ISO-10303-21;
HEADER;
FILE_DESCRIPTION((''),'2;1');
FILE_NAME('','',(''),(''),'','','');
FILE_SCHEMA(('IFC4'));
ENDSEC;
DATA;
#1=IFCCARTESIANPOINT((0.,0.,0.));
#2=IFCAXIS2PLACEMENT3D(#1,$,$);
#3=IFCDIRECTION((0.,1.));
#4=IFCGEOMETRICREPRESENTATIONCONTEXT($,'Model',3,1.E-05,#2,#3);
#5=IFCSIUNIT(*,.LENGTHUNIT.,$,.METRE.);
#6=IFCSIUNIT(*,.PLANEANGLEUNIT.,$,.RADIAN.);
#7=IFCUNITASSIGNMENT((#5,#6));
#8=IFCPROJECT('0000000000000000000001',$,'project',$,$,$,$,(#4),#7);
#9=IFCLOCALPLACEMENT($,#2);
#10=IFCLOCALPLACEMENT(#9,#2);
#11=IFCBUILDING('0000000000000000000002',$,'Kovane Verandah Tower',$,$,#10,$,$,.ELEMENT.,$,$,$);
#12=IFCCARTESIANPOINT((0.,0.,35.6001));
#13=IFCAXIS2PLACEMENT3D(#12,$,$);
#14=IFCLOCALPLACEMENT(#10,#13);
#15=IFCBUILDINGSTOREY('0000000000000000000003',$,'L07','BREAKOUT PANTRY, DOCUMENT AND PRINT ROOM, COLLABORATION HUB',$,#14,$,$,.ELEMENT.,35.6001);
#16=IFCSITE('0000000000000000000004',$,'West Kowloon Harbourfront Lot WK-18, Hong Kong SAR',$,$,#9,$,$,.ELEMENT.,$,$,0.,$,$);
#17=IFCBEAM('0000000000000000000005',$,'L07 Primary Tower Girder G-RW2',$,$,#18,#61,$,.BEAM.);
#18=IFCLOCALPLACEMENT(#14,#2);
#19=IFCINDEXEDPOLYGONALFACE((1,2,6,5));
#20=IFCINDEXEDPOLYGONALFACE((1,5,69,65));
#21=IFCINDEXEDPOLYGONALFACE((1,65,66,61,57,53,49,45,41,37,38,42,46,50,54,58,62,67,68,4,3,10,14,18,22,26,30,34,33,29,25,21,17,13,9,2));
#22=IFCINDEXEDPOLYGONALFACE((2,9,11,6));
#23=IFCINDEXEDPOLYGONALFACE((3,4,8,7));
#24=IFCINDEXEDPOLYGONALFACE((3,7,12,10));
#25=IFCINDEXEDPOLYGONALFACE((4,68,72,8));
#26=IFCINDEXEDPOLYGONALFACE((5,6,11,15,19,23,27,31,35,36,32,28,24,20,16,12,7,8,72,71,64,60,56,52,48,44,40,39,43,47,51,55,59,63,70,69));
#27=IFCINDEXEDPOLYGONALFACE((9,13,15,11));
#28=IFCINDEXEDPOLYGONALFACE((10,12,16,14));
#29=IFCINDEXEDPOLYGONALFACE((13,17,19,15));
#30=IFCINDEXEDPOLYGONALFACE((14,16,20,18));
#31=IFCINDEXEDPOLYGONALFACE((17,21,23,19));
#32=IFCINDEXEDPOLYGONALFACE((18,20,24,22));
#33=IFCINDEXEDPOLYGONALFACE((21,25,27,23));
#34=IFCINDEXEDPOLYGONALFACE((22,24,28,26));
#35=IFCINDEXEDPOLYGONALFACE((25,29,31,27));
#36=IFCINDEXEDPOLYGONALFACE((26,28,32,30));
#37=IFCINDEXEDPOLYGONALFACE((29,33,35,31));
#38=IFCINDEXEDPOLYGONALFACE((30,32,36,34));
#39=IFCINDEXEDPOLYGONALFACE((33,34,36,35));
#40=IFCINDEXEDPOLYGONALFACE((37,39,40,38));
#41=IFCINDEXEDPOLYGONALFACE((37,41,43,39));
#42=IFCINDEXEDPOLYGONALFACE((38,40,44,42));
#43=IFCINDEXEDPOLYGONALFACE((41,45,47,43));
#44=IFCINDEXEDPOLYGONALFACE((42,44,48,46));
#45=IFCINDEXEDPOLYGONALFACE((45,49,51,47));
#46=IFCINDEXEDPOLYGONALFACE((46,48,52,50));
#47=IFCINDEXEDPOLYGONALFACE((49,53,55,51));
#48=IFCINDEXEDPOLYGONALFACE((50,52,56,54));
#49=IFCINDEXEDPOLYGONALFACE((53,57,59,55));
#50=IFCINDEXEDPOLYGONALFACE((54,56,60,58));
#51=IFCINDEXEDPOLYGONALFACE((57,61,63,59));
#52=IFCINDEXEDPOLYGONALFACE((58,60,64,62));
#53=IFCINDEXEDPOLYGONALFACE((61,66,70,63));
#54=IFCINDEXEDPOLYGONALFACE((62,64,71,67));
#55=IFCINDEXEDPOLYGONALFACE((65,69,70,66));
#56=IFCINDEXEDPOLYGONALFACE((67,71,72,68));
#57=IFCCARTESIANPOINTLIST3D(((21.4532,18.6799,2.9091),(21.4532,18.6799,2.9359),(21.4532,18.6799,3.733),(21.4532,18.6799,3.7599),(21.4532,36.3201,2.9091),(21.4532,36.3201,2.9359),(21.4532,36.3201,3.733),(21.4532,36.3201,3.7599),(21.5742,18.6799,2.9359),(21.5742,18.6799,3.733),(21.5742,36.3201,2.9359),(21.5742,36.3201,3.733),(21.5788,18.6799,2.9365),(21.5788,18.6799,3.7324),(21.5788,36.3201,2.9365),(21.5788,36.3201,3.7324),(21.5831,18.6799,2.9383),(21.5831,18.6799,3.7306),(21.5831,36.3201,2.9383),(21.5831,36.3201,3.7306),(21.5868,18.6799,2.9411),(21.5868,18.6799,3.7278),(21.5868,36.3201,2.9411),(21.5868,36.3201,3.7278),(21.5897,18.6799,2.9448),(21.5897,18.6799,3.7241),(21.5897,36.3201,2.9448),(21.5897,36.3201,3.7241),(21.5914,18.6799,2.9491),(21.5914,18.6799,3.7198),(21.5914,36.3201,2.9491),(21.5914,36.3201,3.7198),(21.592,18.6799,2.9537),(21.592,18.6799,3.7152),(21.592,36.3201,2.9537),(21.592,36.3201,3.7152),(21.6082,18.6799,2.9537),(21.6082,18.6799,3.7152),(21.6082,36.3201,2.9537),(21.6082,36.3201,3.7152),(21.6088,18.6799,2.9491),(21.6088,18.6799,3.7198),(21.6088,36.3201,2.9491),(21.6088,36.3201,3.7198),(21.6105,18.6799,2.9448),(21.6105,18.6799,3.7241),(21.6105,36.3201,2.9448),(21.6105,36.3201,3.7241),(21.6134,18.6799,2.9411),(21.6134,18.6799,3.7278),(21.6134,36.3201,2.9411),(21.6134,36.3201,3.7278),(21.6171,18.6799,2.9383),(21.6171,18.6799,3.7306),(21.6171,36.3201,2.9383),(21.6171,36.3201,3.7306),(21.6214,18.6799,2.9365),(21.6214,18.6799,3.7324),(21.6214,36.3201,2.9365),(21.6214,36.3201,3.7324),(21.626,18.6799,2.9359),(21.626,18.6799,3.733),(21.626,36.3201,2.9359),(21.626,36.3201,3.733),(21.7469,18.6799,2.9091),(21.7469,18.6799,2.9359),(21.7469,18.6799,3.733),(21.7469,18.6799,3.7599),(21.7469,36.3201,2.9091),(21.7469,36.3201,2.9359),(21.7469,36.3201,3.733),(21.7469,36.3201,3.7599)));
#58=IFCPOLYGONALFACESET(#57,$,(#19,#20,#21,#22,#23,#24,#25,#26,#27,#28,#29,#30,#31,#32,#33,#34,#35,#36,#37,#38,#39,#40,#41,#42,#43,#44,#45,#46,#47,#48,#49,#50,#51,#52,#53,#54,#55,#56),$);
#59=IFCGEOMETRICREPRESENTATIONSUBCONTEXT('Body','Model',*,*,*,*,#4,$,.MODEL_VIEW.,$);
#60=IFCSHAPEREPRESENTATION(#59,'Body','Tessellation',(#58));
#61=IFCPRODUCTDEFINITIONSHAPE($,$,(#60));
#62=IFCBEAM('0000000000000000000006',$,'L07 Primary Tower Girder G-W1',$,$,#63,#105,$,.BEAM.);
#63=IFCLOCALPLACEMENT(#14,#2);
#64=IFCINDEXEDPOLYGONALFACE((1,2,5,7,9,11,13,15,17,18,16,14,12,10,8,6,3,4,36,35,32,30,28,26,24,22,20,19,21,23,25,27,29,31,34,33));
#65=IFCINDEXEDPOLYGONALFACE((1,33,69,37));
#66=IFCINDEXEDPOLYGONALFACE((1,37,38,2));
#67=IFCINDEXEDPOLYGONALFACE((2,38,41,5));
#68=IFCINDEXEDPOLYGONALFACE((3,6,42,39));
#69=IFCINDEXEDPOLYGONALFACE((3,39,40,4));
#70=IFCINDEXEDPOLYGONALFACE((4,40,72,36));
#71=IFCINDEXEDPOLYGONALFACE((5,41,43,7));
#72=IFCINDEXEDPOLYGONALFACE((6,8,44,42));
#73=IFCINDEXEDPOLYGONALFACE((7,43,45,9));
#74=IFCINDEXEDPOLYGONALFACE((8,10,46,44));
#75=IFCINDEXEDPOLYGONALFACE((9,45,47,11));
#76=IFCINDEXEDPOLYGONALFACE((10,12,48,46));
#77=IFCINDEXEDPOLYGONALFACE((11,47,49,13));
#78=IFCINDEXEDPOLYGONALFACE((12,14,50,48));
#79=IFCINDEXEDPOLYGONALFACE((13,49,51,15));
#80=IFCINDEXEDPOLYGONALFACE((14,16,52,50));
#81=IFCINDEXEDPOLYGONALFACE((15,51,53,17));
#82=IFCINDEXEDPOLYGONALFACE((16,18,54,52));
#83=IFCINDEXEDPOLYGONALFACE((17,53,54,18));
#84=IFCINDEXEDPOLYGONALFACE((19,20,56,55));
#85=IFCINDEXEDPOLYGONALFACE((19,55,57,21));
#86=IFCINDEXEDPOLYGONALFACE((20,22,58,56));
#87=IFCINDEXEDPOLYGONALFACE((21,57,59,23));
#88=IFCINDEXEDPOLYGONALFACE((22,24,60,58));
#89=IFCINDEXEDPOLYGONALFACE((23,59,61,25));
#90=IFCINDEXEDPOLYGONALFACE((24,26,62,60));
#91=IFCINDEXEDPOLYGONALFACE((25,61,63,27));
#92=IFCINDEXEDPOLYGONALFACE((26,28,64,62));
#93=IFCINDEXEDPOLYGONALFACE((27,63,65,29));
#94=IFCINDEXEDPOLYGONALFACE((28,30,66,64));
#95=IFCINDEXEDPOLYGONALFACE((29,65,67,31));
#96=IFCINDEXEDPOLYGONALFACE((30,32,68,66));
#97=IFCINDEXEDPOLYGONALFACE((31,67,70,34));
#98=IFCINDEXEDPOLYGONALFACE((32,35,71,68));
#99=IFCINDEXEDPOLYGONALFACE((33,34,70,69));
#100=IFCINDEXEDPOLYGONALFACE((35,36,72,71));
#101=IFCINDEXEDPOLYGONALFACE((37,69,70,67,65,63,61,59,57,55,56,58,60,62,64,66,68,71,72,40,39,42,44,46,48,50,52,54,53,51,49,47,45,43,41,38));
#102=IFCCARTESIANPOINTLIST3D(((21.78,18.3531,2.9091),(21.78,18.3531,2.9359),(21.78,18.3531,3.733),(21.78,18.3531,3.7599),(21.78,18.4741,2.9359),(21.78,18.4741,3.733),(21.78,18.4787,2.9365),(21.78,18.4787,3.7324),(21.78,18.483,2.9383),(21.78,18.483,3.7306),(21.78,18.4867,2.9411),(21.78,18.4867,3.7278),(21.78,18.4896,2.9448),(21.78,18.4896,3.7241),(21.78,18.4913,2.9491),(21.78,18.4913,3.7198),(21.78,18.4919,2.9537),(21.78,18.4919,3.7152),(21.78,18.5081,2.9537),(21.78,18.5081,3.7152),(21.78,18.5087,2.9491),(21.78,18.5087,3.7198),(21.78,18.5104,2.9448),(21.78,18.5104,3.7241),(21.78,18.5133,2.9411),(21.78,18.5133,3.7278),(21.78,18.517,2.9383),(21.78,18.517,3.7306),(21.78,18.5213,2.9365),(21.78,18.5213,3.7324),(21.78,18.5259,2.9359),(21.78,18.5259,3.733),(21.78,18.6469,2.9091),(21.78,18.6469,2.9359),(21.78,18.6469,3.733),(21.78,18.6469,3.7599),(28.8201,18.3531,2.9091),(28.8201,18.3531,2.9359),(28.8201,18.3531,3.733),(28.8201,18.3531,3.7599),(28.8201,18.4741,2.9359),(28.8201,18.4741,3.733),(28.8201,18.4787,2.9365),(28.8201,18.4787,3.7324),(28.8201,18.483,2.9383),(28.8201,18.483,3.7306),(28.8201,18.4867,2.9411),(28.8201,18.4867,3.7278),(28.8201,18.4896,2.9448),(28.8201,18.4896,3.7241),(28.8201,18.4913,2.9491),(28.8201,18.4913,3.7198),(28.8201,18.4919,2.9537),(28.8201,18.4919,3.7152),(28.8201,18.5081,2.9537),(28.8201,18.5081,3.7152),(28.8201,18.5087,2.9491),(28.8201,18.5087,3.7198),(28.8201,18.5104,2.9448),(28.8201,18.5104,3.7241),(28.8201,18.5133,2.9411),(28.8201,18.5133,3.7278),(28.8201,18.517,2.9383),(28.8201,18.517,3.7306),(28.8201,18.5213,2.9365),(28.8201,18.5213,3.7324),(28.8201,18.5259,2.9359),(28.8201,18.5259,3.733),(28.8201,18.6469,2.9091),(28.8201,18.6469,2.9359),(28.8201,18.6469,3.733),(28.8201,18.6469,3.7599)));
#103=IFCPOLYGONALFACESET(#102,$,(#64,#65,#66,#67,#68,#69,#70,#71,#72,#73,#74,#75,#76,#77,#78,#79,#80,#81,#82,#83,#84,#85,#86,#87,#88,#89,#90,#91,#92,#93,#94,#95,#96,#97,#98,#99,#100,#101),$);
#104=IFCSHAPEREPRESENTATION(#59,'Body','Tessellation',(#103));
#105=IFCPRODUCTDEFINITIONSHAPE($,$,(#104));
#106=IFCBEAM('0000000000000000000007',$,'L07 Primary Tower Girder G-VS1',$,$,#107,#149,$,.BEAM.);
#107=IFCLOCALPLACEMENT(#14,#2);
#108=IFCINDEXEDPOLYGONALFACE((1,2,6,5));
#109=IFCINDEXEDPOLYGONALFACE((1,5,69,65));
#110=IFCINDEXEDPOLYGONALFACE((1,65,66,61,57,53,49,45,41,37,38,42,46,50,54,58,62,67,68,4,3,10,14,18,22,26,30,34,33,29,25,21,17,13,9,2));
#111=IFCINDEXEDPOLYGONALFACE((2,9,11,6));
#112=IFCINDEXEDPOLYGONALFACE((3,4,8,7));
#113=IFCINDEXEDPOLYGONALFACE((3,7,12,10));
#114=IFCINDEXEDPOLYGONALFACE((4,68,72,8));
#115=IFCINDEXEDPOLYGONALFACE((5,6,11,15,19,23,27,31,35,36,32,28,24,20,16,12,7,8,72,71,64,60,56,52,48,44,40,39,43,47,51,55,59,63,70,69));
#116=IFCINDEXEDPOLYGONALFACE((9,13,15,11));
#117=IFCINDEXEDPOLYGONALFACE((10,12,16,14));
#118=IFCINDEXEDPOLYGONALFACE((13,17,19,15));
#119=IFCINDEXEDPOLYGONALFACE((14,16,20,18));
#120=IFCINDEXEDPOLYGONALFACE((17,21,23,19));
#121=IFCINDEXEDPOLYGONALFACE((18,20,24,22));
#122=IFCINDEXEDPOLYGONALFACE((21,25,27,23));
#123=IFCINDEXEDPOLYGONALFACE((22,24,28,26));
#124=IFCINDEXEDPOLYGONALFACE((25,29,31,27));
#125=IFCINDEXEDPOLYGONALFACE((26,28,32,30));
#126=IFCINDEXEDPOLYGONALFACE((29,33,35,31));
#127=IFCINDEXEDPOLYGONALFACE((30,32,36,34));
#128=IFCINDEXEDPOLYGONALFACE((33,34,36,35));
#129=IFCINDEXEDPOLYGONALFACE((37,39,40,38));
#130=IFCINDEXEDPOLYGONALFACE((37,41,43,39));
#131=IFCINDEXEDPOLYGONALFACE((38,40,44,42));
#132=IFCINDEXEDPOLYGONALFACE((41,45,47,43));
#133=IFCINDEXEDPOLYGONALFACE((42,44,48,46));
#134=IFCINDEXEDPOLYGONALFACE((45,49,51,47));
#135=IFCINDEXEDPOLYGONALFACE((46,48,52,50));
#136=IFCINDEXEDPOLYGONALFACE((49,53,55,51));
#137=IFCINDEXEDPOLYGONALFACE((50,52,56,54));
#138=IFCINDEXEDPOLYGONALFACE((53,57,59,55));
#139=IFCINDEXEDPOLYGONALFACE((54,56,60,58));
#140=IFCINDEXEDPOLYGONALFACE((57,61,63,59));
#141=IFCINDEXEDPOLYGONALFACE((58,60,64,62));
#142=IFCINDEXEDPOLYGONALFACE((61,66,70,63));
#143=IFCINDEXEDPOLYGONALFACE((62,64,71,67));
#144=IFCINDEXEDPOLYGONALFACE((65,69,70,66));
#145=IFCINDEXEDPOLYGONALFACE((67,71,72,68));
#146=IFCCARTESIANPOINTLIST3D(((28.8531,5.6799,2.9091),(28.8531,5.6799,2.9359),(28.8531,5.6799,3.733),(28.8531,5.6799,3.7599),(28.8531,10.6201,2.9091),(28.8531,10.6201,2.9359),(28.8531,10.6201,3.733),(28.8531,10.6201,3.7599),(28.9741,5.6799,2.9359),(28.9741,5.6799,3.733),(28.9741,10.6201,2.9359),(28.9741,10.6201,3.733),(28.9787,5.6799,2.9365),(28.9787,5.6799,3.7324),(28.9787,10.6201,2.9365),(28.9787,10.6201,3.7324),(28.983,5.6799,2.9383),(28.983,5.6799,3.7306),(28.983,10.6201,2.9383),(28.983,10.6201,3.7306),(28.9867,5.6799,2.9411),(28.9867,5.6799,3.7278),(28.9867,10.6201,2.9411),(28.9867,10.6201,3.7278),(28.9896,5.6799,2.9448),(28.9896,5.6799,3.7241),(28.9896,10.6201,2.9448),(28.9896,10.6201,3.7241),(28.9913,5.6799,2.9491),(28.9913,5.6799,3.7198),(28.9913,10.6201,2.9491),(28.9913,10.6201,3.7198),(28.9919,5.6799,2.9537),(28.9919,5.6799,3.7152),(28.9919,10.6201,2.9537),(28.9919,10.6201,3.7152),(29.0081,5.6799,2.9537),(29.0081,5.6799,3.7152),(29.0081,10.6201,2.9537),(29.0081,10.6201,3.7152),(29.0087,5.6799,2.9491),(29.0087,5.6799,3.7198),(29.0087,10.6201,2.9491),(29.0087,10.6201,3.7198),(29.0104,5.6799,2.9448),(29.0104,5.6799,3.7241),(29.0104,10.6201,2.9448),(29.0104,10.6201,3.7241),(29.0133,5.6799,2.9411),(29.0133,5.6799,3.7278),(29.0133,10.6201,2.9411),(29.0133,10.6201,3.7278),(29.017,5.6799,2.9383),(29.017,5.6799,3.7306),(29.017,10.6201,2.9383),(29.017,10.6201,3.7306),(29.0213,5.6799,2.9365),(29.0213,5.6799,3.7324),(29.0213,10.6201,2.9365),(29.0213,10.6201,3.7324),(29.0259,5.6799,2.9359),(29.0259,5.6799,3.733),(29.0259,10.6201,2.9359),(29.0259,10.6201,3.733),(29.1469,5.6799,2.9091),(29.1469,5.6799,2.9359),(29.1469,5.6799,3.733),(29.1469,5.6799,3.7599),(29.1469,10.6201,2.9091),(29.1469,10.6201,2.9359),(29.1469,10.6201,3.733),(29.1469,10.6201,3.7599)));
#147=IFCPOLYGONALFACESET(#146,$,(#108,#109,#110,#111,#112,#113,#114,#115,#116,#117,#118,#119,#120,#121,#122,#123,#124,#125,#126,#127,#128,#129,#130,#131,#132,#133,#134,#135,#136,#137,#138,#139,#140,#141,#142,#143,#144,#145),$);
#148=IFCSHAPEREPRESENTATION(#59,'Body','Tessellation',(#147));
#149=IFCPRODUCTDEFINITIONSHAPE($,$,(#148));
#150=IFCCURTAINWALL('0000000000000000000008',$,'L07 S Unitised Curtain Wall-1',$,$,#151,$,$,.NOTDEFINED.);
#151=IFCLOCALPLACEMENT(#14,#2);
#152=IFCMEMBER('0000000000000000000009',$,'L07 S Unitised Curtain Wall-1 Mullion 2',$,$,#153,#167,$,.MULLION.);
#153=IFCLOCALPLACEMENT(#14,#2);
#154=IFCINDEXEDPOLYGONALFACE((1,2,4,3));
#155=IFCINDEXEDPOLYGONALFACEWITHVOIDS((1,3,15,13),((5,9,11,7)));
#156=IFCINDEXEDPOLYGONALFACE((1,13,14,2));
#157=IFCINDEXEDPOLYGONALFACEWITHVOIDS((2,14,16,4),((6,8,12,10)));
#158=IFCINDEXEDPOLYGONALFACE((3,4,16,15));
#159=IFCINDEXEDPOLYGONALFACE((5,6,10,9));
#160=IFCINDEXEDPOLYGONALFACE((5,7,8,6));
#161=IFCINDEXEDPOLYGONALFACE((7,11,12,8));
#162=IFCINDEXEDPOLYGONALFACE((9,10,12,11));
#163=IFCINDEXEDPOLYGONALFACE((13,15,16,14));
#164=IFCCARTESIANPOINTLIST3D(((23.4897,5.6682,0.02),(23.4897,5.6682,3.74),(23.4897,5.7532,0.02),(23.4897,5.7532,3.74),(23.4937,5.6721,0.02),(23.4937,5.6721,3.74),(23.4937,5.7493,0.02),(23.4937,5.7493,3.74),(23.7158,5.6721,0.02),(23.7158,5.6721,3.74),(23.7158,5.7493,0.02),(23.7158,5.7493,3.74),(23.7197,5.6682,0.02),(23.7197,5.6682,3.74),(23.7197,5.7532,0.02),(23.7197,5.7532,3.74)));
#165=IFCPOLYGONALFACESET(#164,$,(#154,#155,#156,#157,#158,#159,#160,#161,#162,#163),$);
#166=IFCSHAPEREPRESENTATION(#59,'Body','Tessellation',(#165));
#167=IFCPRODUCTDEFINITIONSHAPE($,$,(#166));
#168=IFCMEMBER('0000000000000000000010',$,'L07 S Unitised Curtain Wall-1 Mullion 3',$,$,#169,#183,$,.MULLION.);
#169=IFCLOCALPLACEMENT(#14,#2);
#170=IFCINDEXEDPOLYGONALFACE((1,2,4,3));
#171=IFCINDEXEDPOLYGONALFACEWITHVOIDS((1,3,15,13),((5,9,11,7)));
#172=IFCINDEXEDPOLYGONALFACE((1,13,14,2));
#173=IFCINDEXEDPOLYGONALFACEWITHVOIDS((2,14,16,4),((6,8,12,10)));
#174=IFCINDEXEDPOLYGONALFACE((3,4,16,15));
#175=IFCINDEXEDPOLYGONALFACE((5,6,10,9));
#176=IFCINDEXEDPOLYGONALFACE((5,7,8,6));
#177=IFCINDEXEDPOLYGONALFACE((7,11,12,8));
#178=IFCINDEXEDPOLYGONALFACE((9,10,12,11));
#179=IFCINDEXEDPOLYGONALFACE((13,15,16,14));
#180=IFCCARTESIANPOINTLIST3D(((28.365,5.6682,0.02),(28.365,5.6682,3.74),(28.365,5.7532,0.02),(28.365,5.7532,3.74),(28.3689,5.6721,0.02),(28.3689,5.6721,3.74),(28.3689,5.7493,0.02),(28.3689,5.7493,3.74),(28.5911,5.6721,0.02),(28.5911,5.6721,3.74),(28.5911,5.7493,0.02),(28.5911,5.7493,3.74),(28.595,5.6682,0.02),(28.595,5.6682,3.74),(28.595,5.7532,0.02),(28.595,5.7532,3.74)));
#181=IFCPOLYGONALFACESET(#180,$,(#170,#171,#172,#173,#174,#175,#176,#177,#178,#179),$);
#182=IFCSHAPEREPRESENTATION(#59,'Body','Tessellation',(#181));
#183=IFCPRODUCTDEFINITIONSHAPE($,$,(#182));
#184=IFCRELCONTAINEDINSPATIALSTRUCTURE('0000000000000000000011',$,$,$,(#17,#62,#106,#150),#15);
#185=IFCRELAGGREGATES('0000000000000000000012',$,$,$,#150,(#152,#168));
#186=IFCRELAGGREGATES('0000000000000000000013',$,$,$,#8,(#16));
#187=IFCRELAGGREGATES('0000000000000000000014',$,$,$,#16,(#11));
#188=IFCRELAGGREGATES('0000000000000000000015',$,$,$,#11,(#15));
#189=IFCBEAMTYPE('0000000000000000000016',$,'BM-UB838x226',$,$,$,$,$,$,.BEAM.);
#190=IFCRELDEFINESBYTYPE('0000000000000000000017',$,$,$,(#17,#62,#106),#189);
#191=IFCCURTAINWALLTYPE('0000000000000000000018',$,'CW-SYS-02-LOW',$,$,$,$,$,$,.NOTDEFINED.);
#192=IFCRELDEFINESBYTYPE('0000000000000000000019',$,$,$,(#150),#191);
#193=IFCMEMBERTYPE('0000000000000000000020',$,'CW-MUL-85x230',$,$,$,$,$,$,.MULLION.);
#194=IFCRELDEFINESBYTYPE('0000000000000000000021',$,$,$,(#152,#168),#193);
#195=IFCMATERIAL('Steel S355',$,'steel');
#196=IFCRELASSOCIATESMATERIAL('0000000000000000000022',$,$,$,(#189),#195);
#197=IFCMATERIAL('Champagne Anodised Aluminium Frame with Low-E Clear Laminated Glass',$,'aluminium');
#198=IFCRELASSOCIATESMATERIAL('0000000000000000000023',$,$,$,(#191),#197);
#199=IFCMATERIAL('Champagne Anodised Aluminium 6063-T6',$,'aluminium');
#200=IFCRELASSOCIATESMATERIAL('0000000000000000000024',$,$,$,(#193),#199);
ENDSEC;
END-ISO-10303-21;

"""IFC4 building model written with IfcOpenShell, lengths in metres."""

from ifc_helpers import new_model, si_unit, direction, frame, origin, origin_2d, place, context, subcontext, project, spatial, hollow_rectangle, i_section, extrude, material, material_profile, profile_set, type_object, element, aggregate, save


model = new_model("IFC4")

# Units and contexts
model_context = context("Model", 3, precision=1e-05, world=origin(), true_north=direction((0.0, 1.0)))
body_context = subcontext(model_context, "Body", "Model", "MODEL_VIEW")
ifc_project = project(units=[si_unit("LENGTHUNIT", "METRE"), si_unit("PLANEANGLEUNIT", "RADIAN")], contexts=[model_context])

# Site, building, storey
site_placement = place(None, origin())
site = spatial("IfcSite", under=ifc_project, at=site_placement, Name="West Kowloon Harbourfront Lot WK-18, Hong Kong SAR", CompositionType="ELEMENT", RefElevation=0.0)
building_placement = place(site_placement, origin())
building = spatial("IfcBuilding", under=site, at=building_placement, Name="Kovane Verandah Tower", CompositionType="ELEMENT")
storey_placement = place(building_placement, frame((0.0, 0.0, 35.6001)))
storey = spatial("IfcBuildingStorey", under=building, at=storey_placement, Name="L07", Description="BREAKOUT PANTRY, DOCUMENT AND PRINT ROOM, COLLABORATION HUB", CompositionType="ELEMENT", Elevation=35.6001)

# Beams
ifc_material_1 = material(Name="Steel S355", Category="steel")
ifc_material_profile_1 = material_profile(ifc_material_1, i_section(OverallWidth=0.2937, OverallDepth=0.8508, WebThickness=0.0161, FlangeThickness=0.0269, FilletRadius=0.0178, at=origin_2d()), Name="UB838x292x226")
ifc_profile_set_1 = profile_set([ifc_material_profile_1], Name="Steel S355")
beam_type_1 = type_object("IfcBeamType", Name="BM-UB838x226", PredefinedType="BEAM", material=ifc_profile_set_1)
beam_1_placement = place(storey_placement, frame((21.6001, 18.6799, 3.3345), z_axis=(0.0, 1.0, 0.0), x_axis=(-1.0, 0.0, 0.0)))
element("IfcBeam", 1, at=beam_1_placement, inside=storey, type_object=beam_type_1, Name="L07 Primary Tower Girder G-RW2", PredefinedType="BEAM", context=body_context, shape_type="SweptSolid", body=[
    extrude(i_section(OverallWidth=0.2937, OverallDepth=0.8508, WebThickness=0.0161, FlangeThickness=0.0269, FilletRadius=0.0178, at=origin_2d()), origin(), (0.0, 0.0, 1.0), 17.6401),
])
beam_2_placement = place(storey_placement, frame((28.8201, 18.5, 3.3345), z_axis=(-1.0, 0.0, 0.0), x_axis=(0.0, -1.0, 0.0)))
element("IfcBeam", 2, at=beam_2_placement, inside=storey, type_object=beam_type_1, Name="L07 Primary Tower Girder G-W1", PredefinedType="BEAM", context=body_context, shape_type="SweptSolid", body=[
    extrude(i_section(OverallWidth=0.2937, OverallDepth=0.8508, WebThickness=0.0161, FlangeThickness=0.0269, FilletRadius=0.0178, at=origin_2d()), origin(), (0.0, 0.0, 1.0), 7.04),
])
beam_3_placement = place(storey_placement, frame((29.0, 10.6201, 3.3345), z_axis=(0.0, -1.0, 0.0), x_axis=(1.0, 0.0, 0.0)))
element("IfcBeam", 3, at=beam_3_placement, inside=storey, type_object=beam_type_1, Name="L07 Primary Tower Girder G-VS1", PredefinedType="BEAM", context=body_context, shape_type="SweptSolid", body=[
    extrude(i_section(OverallWidth=0.2937, OverallDepth=0.8508, WebThickness=0.0161, FlangeThickness=0.0269, FilletRadius=0.0178, at=origin_2d()), origin(), (0.0, 0.0, 1.0), 4.9402),
])

# Curtain wall, members
ifc_material_2 = material(Name="Champagne Anodised Aluminium Frame with Low-E Clear Laminated Glass", Category="aluminium")
curtain_wall_type = type_object("IfcCurtainWallType", Name="CW-SYS-02-LOW", PredefinedType="NOTDEFINED", material=ifc_material_2)
curtain_wall_placement = place(storey_placement, origin())
curtain_wall = element("IfcCurtainWall", 4, at=curtain_wall_placement, inside=storey, type_object=curtain_wall_type, Name="L07 S Unitised Curtain Wall-1", PredefinedType="NOTDEFINED")
ifc_material_3 = material(Name="Champagne Anodised Aluminium 6063-T6", Category="aluminium")
ifc_material_profile_2 = material_profile(ifc_material_3, hollow_rectangle(XDim=0.085, YDim=0.23, WallThickness=0.0039, at=origin_2d()), Name="AL85x230x4")
ifc_profile_set_2 = profile_set([ifc_material_profile_2], Name="Champagne Anodised Aluminium 6063-T6")
member_type_1 = type_object("IfcMemberType", Name="CW-MUL-85x230", PredefinedType="MULLION", material=ifc_profile_set_2)
member_1_placement = place(storey_placement, frame((23.6047, 5.7107, 0.02), z_axis=(0.0, 0.0, 1.0), x_axis=(0.0, -1.0, 0.0)))
member_1 = element("IfcMember", 5, at=member_1_placement, type_object=member_type_1, Name="L07 S Unitised Curtain Wall-1 Mullion 2", PredefinedType="MULLION", context=body_context, shape_type="SweptSolid", body=[
    extrude(hollow_rectangle(XDim=0.085, YDim=0.23, WallThickness=0.0039, at=origin_2d()), origin(), (0.0, 0.0, 1.0), 3.72),
])
member_2_placement = place(storey_placement, frame((28.48, 5.7107, 0.02), z_axis=(0.0, 0.0, 1.0), x_axis=(0.0, -1.0, 0.0)))
member_2 = element("IfcMember", 6, at=member_2_placement, type_object=member_type_1, Name="L07 S Unitised Curtain Wall-1 Mullion 3", PredefinedType="MULLION", context=body_context, shape_type="SweptSolid", body=[
    extrude(hollow_rectangle(XDim=0.085, YDim=0.23, WallThickness=0.0039, at=origin_2d()), origin(), (0.0, 0.0, 1.0), 3.72),
])

aggregate(curtain_wall, [member_1, member_2])

save(model, "model.ifc")
